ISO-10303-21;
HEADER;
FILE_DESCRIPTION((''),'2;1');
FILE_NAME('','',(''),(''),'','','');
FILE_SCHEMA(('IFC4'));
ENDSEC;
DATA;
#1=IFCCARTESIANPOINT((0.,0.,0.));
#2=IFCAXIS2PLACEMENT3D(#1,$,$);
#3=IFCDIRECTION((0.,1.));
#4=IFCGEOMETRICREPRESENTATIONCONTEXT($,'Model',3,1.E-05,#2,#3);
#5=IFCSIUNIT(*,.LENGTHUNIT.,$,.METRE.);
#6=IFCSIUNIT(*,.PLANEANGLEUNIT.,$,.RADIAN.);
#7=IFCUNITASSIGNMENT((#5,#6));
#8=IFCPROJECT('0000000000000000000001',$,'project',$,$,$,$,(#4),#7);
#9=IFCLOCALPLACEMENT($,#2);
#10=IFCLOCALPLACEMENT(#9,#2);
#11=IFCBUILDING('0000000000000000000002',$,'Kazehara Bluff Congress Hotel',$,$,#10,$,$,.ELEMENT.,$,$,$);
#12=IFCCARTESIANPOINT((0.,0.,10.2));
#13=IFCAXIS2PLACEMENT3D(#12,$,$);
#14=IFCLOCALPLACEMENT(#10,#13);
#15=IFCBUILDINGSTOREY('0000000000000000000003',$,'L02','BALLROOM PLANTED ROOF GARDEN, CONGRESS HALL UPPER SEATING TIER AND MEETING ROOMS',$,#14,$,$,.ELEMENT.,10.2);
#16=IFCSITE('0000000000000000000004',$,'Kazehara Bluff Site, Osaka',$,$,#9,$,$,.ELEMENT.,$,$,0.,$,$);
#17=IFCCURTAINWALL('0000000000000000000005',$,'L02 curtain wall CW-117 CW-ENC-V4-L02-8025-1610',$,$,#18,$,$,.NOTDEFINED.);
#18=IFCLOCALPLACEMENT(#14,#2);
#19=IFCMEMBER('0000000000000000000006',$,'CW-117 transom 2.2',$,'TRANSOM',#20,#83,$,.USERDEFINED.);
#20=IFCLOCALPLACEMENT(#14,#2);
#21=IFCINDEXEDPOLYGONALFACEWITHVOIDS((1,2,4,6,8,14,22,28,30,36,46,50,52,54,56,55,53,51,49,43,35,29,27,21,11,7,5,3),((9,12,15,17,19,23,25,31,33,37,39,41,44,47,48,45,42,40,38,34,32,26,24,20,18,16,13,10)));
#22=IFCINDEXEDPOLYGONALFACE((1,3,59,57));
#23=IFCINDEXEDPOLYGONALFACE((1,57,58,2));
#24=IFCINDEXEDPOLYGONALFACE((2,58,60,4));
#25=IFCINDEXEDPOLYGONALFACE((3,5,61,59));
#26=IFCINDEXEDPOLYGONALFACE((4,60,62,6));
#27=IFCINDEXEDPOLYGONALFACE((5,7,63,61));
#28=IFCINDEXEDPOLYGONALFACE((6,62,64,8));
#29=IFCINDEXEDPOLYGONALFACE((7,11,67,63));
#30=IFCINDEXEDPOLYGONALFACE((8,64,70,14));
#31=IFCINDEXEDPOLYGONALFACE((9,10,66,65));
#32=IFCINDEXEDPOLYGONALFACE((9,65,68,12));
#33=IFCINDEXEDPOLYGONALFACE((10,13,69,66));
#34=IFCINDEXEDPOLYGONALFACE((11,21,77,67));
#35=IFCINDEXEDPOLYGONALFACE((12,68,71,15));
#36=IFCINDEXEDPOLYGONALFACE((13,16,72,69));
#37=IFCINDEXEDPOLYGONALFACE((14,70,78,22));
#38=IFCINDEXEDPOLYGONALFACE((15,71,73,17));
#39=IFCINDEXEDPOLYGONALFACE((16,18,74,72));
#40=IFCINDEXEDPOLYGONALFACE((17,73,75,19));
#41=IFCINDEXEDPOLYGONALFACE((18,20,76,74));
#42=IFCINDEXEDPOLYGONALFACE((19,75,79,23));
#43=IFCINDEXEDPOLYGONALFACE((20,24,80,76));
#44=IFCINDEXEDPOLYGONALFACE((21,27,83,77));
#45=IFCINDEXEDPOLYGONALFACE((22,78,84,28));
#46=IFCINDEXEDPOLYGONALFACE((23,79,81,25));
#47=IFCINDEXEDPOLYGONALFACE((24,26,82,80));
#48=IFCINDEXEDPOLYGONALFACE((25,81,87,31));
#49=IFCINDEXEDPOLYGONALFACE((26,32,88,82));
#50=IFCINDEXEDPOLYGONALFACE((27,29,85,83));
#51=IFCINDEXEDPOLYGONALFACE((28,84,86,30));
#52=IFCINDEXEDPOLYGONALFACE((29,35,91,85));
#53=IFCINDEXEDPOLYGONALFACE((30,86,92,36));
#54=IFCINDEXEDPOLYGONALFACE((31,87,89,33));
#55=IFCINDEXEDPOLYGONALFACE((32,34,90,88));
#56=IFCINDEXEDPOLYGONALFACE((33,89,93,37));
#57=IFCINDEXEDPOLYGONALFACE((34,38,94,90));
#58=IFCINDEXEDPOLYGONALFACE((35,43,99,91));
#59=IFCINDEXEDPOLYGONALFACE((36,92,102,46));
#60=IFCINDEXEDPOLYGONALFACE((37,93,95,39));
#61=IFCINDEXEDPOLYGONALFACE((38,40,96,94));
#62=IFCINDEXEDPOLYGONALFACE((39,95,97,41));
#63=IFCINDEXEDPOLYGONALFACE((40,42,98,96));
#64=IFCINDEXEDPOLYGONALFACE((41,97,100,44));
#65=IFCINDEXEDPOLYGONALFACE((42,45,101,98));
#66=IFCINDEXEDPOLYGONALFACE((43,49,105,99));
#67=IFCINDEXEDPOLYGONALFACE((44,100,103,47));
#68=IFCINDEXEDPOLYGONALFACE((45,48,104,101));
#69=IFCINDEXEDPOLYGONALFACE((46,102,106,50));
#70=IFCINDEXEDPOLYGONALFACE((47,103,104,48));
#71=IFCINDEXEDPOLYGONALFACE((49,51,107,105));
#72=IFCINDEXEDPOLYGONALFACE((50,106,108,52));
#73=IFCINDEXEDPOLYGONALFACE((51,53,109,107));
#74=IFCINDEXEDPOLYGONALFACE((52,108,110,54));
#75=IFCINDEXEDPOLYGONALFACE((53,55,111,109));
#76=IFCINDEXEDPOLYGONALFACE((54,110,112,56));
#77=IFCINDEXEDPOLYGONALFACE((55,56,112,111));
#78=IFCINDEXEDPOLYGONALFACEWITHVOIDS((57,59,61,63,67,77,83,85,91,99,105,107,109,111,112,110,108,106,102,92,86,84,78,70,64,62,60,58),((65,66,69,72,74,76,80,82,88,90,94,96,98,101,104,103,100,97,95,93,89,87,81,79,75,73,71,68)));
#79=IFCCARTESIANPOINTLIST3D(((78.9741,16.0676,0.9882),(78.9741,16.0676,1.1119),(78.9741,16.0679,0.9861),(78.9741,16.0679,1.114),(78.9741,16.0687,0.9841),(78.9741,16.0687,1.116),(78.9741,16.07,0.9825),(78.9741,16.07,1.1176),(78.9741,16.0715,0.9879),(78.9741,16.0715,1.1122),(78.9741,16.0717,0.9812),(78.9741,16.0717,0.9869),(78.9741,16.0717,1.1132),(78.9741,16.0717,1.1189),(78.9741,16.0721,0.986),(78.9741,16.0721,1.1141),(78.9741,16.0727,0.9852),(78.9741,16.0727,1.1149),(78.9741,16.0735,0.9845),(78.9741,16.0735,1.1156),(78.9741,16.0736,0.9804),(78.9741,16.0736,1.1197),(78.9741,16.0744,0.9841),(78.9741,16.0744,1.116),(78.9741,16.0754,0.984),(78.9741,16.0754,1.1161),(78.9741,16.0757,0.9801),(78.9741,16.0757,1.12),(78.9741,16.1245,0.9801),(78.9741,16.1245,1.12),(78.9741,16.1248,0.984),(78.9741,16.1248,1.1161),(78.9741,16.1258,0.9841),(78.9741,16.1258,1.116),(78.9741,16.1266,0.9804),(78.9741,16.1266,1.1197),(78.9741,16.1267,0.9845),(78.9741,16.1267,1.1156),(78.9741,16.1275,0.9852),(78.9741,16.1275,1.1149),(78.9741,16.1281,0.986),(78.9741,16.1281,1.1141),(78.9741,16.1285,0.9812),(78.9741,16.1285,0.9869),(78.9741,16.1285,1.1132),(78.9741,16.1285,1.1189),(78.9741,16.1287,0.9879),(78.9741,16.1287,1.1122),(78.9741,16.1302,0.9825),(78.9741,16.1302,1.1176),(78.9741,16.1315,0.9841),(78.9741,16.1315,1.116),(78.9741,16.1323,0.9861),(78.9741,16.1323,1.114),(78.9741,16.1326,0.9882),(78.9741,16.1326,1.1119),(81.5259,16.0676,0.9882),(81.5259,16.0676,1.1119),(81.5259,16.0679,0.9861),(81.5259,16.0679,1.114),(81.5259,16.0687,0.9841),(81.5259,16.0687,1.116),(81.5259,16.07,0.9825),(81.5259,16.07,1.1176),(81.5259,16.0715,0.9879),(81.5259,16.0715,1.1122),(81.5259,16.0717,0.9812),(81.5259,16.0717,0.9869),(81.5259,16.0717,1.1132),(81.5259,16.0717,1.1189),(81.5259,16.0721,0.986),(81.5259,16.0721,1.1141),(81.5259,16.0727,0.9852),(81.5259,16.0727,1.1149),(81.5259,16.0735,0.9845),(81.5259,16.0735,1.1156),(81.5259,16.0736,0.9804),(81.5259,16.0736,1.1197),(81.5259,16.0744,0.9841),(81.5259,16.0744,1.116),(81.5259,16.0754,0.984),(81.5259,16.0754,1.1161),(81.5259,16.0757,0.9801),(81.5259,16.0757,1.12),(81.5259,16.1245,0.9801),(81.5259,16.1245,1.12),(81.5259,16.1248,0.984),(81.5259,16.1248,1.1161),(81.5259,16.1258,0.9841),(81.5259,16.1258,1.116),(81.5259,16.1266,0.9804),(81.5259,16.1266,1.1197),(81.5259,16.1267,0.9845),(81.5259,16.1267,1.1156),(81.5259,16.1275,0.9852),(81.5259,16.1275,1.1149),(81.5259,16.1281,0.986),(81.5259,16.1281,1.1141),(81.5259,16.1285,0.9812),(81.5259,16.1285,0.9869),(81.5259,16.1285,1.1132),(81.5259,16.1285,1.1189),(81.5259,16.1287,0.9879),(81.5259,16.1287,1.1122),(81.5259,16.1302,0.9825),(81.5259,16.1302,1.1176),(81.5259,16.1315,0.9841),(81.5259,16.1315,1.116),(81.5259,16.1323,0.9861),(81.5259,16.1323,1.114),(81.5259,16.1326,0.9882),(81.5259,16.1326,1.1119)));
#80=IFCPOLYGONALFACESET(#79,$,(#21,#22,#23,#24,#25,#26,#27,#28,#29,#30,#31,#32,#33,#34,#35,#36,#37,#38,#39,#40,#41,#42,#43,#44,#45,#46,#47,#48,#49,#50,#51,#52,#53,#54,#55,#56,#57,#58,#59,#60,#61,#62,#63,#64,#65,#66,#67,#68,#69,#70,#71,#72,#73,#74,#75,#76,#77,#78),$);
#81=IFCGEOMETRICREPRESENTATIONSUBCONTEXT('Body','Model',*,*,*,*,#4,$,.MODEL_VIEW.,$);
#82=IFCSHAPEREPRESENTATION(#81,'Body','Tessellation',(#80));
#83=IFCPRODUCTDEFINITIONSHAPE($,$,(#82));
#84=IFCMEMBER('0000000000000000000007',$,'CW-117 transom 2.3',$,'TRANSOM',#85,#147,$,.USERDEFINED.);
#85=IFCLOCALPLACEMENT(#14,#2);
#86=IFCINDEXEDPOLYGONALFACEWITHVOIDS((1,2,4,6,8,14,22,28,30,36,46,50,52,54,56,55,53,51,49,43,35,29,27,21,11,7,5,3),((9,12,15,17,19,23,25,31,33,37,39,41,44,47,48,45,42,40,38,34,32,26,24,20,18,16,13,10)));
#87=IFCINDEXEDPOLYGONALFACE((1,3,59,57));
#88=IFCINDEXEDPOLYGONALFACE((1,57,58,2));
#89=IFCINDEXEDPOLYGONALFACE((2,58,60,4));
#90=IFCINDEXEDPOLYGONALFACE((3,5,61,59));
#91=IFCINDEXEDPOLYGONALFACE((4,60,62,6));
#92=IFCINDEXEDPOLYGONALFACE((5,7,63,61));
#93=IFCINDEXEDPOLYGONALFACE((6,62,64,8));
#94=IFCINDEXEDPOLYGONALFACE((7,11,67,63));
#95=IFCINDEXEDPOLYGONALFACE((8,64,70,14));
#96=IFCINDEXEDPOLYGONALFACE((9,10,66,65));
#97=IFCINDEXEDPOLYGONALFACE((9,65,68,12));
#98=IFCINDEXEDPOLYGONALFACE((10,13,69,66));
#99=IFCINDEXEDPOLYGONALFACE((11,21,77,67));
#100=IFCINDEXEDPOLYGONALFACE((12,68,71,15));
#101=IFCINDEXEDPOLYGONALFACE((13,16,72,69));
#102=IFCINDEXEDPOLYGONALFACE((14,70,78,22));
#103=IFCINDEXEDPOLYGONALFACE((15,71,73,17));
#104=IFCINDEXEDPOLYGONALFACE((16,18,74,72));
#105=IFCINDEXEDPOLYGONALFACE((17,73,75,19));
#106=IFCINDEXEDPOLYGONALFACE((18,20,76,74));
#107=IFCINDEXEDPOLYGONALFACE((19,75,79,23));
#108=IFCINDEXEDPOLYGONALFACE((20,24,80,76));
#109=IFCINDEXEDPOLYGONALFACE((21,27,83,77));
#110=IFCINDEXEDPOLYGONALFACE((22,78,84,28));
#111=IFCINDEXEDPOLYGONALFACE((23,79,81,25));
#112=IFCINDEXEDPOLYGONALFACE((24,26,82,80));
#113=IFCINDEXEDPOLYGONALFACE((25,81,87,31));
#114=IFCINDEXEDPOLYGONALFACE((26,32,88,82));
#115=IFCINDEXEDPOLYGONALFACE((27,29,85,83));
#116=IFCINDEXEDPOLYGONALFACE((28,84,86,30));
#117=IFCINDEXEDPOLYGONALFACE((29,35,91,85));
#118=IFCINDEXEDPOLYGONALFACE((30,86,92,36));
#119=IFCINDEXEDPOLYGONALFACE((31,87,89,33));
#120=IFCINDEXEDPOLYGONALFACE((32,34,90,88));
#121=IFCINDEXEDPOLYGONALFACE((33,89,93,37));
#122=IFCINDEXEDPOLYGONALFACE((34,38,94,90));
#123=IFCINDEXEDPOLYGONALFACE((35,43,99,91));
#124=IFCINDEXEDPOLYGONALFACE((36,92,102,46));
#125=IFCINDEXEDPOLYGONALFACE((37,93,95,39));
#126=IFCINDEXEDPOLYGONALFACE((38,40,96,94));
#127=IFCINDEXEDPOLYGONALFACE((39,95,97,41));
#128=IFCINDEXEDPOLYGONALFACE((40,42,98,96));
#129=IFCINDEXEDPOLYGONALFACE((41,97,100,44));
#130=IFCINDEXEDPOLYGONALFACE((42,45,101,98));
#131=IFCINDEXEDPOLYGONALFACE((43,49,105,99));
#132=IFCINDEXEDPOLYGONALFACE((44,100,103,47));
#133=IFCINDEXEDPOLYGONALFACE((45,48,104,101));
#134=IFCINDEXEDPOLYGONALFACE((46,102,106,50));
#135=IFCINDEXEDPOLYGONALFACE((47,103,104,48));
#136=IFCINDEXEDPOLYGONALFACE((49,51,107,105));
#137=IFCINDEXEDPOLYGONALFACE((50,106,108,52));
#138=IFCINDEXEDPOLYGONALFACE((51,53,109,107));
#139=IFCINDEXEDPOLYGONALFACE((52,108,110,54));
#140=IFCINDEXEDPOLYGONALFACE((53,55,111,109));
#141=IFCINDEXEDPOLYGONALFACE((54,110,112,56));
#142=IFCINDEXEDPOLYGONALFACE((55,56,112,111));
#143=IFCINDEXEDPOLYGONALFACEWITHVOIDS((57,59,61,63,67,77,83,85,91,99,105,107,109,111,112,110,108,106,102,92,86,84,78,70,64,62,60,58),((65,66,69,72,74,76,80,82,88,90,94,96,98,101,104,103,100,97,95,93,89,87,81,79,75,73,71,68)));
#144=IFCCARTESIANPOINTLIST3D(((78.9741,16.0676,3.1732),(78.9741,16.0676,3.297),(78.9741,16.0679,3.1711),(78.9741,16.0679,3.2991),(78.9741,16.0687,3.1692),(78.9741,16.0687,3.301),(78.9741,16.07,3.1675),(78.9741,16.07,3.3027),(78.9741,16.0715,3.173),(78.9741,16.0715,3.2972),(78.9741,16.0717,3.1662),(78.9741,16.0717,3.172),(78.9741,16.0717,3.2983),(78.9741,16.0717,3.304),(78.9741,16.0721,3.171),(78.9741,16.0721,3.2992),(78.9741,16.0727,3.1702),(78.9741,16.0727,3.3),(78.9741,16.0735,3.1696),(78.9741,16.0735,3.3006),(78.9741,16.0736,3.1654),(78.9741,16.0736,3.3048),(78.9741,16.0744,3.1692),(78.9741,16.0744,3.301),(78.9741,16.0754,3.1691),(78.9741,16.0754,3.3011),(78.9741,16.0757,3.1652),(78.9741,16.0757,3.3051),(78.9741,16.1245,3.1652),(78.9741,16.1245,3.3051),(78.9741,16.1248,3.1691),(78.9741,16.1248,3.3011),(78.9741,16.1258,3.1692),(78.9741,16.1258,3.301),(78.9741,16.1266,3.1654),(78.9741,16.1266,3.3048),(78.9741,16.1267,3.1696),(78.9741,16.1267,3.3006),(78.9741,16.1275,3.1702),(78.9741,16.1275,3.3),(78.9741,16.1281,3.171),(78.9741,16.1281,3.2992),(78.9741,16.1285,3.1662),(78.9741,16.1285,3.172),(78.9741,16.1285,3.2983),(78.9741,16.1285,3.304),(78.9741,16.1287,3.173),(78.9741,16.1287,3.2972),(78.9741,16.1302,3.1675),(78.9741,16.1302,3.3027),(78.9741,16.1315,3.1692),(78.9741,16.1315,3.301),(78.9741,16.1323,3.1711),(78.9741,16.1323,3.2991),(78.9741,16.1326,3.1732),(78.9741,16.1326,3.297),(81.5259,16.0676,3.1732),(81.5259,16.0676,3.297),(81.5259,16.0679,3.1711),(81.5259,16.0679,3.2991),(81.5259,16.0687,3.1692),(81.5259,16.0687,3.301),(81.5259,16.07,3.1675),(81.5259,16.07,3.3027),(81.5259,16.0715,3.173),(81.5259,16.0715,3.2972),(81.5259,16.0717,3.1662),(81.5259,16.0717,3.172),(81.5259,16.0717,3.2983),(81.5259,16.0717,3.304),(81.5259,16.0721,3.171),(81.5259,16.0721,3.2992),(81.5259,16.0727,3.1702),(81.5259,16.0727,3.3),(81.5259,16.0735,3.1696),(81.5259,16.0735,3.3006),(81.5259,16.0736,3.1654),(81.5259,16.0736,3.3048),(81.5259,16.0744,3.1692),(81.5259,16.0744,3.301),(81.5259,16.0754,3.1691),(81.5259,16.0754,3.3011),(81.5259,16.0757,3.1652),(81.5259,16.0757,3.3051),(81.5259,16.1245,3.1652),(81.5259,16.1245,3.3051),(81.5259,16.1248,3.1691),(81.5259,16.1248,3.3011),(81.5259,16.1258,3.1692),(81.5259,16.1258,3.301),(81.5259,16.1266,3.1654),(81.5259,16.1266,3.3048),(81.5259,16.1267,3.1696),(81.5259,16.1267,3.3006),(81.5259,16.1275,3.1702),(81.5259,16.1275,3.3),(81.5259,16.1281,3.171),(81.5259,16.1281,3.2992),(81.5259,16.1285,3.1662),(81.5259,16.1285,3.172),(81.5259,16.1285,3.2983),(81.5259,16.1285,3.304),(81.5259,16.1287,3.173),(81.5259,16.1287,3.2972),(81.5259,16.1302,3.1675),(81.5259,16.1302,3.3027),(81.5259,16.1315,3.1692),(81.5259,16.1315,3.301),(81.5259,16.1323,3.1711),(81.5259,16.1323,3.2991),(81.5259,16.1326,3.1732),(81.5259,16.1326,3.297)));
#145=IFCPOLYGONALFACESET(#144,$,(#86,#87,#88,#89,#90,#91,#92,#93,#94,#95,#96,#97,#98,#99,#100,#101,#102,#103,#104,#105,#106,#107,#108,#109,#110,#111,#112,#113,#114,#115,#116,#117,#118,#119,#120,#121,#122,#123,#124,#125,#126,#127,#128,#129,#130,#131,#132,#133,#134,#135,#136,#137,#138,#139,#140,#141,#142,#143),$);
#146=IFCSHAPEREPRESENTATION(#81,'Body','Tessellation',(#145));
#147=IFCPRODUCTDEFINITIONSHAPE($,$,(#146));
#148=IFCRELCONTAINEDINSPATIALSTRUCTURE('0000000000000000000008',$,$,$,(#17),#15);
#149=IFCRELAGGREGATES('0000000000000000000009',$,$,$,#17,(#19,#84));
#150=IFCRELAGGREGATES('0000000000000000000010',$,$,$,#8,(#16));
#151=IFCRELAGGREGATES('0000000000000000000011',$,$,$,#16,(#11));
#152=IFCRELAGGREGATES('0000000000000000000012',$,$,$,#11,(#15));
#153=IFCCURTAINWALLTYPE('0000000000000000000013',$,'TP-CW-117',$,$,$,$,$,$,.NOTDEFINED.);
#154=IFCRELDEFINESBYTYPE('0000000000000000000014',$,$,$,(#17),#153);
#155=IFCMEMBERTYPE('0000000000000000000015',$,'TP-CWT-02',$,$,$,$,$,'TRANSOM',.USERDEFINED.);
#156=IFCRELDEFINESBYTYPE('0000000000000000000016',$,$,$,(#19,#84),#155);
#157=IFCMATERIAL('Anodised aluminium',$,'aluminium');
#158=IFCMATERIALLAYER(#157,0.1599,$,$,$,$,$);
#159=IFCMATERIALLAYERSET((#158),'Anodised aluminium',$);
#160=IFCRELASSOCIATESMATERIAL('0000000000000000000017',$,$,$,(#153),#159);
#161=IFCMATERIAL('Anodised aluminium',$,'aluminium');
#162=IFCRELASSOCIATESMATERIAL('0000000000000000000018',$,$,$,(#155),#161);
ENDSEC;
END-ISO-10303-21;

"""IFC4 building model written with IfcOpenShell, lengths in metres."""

from ifc_helpers import new_model, si_unit, direction, frame, origin, origin_2d, place, context, subcontext, project, spatial, hollow_rectangle, extrude, material, layer, layer_set, material_profile, profile_set, type_object, element, aggregate, save


model = new_model("IFC4")

# Units and contexts
model_context = context("Model", 3, precision=1e-05, world=origin(), true_north=direction((0.0, 1.0)))
body_context = subcontext(model_context, "Body", "Model", "MODEL_VIEW")
ifc_project = project(units=[si_unit("LENGTHUNIT", "METRE"), si_unit("PLANEANGLEUNIT", "RADIAN")], contexts=[model_context])

# Site, building, storey
site_placement = place(None, origin())
site = spatial("IfcSite", under=ifc_project, at=site_placement, Name="Kazehara Bluff Site, Osaka", CompositionType="ELEMENT", RefElevation=0.0)
building_placement = place(site_placement, origin())
building = spatial("IfcBuilding", under=site, at=building_placement, Name="Kazehara Bluff Congress Hotel", CompositionType="ELEMENT")
storey_placement = place(building_placement, frame((0.0, 0.0, 10.2)))
storey = spatial("IfcBuildingStorey", under=building, at=storey_placement, Name="L02", Description="BALLROOM PLANTED ROOF GARDEN, CONGRESS HALL UPPER SEATING TIER AND MEETING ROOMS", CompositionType="ELEMENT", Elevation=10.2)

# Curtain wall
ifc_material_1 = material(Name="Anodised aluminium", Category="aluminium")
ifc_layer_1 = layer(ifc_material_1, 0.1599)
ifc_layer_set_1 = layer_set([ifc_layer_1], Name="Anodised aluminium")
curtain_wall_type_1 = type_object("IfcCurtainWallType", Name="TP-CW-117", PredefinedType="NOTDEFINED", material=ifc_layer_set_1)
curtain_wall_1_placement = place(storey_placement, origin())
curtain_wall_1 = element("IfcCurtainWall", 1, at=curtain_wall_1_placement, inside=storey, type_object=curtain_wall_type_1, Name="L02 curtain wall CW-117 CW-ENC-V4-L02-8025-1610", PredefinedType="NOTDEFINED")

# Members
ifc_material_2 = material(Name="Anodised aluminium", Category="aluminium")
ifc_material_profile_1 = material_profile(ifc_material_2, hollow_rectangle(XDim=0.0649, YDim=0.1399, WallThickness=0.0039, InnerFilletRadius=0.0039, OuterFilletRadius=0.0081, at=origin_2d()))
ifc_profile_set_1 = profile_set([ifc_material_profile_1], Name="Anodised aluminium")
member_type_1 = type_object("IfcMemberType", Name="TP-CWT-02", ElementType="TRANSOM", PredefinedType="USERDEFINED", material=ifc_profile_set_1)
member_1_placement = place(storey_placement, frame((81.5259, 16.1001, 1.05), z_axis=(-1.0, 0.0, 0.0), x_axis=(0.0, -1.0, 0.0)))
member_1 = element("IfcMember", 2, at=member_1_placement, type_object=member_type_1, Name="CW-117 transom 2.2", ObjectType="TRANSOM", PredefinedType="USERDEFINED", context=body_context, shape_type="SweptSolid", body=[
    extrude(hollow_rectangle(XDim=0.0649, YDim=0.1399, WallThickness=0.0039, InnerFilletRadius=0.0039, OuterFilletRadius=0.0081, at=origin_2d()), origin(), (0.0, 0.0, 1.0), 2.5518),
])
member_2_placement = place(storey_placement, frame((81.5259, 16.1001, 3.2351), z_axis=(-1.0, 0.0, 0.0), x_axis=(0.0, -1.0, 0.0)))
member_2 = element("IfcMember", 3, at=member_2_placement, type_object=member_type_1, Name="CW-117 transom 2.3", ObjectType="TRANSOM", PredefinedType="USERDEFINED", context=body_context, shape_type="SweptSolid", body=[
    extrude(hollow_rectangle(XDim=0.0649, YDim=0.1399, WallThickness=0.0039, InnerFilletRadius=0.0039, OuterFilletRadius=0.0081, at=origin_2d()), origin(), (0.0, 0.0, 1.0), 2.5518),
])

aggregate(curtain_wall_1, [member_1, member_2])

save(model, "model.ifc")
